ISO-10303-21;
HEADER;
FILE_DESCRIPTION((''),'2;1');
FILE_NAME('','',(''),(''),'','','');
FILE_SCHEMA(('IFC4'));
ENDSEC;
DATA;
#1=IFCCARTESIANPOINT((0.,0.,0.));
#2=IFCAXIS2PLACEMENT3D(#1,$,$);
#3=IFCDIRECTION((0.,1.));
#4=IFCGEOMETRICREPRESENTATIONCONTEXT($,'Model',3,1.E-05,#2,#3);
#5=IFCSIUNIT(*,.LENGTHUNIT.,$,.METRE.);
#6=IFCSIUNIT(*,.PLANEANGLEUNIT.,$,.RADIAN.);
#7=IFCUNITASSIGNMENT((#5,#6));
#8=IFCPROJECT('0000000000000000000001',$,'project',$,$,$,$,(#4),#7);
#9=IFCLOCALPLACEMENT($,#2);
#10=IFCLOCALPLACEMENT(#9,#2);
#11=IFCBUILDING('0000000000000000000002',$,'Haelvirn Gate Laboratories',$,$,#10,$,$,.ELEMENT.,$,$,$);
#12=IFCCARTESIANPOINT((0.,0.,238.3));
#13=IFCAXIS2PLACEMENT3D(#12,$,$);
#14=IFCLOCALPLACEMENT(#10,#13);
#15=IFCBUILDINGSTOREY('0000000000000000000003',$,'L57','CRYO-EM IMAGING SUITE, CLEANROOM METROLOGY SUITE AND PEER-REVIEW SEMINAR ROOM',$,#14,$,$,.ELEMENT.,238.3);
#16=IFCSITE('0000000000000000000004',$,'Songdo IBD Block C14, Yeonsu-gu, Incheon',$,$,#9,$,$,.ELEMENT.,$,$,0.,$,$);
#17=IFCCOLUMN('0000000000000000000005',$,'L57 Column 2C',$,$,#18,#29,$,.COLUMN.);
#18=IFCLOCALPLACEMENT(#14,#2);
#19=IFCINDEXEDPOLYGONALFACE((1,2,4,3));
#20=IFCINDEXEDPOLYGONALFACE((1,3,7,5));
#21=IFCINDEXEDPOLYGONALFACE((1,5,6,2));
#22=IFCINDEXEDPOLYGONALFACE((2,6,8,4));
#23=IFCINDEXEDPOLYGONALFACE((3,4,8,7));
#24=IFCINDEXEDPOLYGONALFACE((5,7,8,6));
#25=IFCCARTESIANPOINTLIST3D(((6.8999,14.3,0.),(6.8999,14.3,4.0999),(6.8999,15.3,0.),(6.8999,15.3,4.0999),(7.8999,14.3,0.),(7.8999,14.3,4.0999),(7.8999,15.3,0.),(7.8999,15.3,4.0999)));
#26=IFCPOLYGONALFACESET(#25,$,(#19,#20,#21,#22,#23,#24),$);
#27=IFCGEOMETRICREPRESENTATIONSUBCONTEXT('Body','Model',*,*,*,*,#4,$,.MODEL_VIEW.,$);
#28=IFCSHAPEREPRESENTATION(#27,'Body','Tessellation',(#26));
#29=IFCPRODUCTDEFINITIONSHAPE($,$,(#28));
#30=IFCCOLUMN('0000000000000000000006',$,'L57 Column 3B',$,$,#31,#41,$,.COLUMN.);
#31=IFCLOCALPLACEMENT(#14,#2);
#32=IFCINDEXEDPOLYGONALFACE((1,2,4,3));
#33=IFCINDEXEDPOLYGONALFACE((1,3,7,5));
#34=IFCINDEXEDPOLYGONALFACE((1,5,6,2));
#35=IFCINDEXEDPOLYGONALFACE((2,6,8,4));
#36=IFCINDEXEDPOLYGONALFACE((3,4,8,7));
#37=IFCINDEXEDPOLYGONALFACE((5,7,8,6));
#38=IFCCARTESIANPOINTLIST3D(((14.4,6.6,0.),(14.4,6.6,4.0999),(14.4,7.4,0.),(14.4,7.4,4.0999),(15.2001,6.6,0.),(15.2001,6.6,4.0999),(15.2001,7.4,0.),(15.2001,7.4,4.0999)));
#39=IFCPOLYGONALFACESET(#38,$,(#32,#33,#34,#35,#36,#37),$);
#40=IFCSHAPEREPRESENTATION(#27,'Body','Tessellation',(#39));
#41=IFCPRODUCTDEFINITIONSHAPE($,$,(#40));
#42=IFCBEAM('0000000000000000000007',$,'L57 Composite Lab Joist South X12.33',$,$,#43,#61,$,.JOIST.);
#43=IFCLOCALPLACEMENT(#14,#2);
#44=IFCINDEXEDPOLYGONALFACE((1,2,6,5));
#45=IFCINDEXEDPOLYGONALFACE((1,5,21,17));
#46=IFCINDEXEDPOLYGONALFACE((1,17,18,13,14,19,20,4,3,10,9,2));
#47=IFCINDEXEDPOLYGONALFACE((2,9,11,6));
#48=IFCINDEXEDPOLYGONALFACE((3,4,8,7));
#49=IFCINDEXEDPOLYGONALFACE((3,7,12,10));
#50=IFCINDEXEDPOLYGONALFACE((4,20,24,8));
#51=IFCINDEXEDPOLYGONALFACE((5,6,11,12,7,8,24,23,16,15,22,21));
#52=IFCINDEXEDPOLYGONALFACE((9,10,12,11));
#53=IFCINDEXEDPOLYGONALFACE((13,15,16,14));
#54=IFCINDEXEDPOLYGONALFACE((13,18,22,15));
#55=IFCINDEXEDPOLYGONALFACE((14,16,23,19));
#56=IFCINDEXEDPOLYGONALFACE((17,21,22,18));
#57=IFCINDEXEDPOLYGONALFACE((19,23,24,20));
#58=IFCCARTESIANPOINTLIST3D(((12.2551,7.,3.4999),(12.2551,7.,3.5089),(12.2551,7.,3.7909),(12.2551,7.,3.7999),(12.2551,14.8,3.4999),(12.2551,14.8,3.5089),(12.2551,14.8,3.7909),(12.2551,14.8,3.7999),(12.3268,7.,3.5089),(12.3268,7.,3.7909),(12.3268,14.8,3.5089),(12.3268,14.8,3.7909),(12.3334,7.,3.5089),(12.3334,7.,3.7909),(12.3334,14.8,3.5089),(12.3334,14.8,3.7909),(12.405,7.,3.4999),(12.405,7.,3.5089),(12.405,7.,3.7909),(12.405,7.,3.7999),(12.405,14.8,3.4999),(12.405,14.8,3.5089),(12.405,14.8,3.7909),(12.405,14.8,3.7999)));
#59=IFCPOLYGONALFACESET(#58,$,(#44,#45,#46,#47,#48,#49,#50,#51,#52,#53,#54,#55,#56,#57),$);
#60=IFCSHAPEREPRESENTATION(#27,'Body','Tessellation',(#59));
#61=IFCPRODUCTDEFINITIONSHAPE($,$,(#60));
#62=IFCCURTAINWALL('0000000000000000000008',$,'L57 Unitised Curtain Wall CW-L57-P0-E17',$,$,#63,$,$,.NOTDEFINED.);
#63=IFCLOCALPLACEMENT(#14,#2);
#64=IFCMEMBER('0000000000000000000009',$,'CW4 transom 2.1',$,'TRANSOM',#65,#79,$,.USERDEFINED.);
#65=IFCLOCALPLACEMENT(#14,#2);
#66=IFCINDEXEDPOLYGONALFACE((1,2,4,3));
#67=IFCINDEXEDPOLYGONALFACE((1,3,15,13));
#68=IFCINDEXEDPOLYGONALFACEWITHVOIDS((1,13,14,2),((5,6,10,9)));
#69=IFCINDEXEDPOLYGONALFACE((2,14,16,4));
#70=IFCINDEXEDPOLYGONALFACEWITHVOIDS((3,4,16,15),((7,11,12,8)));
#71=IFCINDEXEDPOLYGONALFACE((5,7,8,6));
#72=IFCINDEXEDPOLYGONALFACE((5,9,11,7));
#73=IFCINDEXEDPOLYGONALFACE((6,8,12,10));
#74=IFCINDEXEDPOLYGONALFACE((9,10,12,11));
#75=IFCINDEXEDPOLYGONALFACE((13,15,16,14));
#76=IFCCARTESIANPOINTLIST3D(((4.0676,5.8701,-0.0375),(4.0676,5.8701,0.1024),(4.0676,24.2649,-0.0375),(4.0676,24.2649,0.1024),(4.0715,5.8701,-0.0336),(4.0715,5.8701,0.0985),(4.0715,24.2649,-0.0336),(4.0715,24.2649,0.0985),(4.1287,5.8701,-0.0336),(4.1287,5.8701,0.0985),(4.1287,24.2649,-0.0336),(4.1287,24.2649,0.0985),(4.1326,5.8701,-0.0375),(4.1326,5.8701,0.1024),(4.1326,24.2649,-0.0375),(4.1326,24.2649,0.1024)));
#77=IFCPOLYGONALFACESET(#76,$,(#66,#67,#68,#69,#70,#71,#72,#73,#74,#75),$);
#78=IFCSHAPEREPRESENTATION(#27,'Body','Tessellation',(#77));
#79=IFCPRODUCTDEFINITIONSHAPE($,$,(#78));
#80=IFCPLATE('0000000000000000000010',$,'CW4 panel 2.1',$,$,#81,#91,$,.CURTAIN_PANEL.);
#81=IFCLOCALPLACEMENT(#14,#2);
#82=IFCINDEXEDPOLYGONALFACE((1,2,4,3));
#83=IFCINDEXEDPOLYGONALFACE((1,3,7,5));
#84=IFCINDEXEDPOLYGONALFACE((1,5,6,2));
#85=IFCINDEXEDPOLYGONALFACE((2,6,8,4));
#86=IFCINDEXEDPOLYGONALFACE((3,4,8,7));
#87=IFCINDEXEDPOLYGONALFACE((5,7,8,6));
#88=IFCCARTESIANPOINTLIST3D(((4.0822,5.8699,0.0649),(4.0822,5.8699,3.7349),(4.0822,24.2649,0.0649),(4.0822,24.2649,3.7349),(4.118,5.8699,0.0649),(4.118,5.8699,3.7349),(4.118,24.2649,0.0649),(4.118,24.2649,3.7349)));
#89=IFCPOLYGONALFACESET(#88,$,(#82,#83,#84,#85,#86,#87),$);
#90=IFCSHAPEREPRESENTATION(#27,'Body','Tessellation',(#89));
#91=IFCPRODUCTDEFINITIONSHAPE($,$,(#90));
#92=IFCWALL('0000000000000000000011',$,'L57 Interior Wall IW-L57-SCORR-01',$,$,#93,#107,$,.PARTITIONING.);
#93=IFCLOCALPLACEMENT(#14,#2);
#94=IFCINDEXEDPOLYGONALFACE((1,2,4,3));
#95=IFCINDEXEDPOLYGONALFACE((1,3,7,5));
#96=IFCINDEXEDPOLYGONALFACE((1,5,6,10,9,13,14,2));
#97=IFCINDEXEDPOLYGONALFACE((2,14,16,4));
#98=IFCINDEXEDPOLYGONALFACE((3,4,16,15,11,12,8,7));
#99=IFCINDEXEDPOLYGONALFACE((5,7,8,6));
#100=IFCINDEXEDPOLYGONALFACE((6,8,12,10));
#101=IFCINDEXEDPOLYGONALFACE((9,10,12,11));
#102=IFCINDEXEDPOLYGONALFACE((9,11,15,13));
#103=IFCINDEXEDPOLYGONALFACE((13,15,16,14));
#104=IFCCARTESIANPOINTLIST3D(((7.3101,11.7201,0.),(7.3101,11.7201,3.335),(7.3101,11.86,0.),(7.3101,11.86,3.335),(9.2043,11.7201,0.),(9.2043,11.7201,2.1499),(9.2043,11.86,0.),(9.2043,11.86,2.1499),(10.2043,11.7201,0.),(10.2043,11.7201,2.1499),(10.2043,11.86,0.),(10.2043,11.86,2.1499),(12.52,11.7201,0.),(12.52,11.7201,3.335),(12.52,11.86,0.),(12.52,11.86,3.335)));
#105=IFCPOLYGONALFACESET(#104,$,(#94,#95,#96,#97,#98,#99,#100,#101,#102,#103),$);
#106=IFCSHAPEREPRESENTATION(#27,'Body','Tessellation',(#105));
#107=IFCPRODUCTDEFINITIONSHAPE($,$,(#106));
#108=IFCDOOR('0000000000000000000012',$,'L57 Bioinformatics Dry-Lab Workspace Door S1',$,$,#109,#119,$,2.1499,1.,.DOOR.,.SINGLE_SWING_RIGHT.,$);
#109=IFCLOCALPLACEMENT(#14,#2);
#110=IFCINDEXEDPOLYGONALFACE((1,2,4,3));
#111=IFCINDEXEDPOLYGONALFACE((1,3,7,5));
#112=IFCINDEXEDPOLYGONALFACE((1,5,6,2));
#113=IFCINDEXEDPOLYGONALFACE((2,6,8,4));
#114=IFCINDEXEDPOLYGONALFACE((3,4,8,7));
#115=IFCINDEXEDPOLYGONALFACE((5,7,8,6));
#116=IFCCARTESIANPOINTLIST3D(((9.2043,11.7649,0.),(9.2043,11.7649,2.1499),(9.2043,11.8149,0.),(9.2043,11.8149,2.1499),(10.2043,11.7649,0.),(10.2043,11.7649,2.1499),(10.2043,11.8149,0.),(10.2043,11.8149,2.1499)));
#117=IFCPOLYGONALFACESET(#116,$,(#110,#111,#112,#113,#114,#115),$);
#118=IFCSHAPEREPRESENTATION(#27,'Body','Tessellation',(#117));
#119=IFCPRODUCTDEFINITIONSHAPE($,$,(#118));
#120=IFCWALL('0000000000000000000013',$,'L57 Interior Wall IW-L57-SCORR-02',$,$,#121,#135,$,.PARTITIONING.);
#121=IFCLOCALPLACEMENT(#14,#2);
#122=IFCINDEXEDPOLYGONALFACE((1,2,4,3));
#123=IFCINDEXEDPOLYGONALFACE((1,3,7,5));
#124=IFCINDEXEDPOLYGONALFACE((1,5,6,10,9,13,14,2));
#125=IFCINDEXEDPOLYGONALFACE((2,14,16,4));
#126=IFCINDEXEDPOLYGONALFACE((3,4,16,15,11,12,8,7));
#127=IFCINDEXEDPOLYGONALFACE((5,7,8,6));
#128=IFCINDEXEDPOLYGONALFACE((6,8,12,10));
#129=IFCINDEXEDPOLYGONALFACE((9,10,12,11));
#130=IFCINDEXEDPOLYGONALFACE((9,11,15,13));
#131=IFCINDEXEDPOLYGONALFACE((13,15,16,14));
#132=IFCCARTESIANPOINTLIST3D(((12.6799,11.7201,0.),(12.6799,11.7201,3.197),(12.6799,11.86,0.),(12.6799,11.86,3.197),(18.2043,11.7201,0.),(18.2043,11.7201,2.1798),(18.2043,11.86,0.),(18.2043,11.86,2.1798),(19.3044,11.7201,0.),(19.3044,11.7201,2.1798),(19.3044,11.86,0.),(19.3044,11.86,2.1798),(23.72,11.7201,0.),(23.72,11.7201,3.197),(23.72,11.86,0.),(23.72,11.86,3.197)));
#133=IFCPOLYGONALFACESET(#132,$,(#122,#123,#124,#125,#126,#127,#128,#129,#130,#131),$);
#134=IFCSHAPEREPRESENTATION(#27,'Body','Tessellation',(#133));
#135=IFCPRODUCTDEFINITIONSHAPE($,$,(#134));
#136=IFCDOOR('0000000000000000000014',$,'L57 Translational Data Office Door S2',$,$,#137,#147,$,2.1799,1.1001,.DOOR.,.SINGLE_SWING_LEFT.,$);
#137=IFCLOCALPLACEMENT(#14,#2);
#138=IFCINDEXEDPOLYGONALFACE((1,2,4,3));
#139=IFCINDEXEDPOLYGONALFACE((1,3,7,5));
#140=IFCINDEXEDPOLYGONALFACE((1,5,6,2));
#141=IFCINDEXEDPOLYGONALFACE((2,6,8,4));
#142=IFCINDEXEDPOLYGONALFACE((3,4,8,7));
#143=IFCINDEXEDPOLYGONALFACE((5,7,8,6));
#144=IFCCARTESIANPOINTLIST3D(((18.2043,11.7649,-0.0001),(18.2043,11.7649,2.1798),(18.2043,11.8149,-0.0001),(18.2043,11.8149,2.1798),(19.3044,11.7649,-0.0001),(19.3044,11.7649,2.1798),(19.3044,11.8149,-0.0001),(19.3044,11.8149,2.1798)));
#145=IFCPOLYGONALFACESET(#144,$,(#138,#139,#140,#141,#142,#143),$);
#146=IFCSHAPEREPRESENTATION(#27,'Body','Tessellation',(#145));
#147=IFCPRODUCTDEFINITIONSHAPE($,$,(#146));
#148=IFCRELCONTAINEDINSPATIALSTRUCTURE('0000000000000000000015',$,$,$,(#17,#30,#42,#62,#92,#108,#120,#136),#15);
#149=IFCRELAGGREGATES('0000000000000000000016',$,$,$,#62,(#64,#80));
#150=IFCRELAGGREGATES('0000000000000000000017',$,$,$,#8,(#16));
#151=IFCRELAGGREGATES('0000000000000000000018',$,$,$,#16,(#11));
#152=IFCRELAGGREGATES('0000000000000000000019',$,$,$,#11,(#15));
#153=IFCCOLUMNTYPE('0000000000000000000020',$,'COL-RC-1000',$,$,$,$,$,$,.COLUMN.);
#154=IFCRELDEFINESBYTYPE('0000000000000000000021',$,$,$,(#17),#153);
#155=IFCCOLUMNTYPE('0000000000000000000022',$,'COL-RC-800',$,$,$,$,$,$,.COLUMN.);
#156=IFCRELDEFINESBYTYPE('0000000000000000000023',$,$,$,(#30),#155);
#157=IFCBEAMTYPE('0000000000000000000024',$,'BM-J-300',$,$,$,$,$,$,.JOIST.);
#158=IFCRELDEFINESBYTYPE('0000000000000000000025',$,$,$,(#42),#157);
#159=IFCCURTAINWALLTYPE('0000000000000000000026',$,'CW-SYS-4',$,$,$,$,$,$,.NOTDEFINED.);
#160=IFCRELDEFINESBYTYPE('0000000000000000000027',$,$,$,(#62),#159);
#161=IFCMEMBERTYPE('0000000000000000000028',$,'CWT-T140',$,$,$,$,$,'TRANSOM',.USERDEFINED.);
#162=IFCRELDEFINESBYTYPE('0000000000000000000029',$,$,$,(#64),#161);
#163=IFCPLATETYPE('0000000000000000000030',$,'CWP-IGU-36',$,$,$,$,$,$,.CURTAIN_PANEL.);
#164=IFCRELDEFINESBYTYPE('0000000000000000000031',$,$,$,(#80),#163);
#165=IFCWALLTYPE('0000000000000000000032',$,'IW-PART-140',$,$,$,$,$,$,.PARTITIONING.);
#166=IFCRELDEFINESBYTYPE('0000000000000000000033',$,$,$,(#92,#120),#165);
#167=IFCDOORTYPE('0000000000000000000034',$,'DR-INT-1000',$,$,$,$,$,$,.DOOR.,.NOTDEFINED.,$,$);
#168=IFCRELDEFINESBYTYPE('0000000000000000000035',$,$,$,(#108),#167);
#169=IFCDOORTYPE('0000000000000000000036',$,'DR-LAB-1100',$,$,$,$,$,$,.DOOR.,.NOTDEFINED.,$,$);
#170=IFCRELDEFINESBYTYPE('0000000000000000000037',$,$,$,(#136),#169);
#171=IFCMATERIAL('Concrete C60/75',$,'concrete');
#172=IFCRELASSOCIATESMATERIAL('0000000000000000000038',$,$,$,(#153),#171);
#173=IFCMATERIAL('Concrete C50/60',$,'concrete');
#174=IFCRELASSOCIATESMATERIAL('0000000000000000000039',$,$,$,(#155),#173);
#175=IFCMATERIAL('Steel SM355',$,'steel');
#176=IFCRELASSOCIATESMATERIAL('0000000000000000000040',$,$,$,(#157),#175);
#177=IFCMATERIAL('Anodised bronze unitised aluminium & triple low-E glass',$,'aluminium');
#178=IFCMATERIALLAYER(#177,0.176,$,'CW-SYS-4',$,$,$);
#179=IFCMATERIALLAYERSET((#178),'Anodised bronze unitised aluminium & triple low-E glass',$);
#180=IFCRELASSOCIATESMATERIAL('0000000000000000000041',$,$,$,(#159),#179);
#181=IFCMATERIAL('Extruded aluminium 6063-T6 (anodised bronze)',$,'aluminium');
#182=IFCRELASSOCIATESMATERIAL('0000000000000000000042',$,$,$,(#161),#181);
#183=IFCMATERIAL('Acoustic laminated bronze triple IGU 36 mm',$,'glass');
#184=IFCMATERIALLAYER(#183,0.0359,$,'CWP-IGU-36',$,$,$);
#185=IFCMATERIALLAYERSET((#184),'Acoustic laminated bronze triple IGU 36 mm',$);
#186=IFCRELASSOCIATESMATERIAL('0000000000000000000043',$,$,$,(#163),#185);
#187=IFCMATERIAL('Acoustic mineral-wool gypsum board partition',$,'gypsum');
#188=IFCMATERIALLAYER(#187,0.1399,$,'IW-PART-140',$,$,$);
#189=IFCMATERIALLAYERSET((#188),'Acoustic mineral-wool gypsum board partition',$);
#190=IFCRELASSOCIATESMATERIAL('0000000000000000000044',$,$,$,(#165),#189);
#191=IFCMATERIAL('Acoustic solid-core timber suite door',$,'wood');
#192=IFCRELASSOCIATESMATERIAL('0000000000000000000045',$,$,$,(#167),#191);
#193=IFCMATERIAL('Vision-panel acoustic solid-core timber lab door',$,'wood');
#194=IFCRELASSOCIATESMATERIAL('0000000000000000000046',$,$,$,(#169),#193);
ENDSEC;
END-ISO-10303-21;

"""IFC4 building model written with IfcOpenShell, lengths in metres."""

from ifc_helpers import new_model, si_unit, direction, frame, frame_2d, origin, origin_2d, place, context, subcontext, project, spatial, rectangle, hollow_rectangle, i_section, extrude, source, transform, mapped, material, layer, layer_set, material_profile, profile_set, type_object, type_shapes, element, fill, aggregate, save


model = new_model("IFC4")

# Units and contexts
model_context = context("Model", 3, precision=1e-05, world=origin(), true_north=direction((0.0, 1.0)))
body_context = subcontext(model_context, "Body", "Model", "MODEL_VIEW")
ifc_project = project(units=[si_unit("LENGTHUNIT", "METRE"), si_unit("PLANEANGLEUNIT", "RADIAN")], contexts=[model_context])

# Site, building, storey
site_placement = place(None, origin())
site = spatial("IfcSite", under=ifc_project, at=site_placement, Name="Songdo IBD Block C14, Yeonsu-gu, Incheon", CompositionType="ELEMENT", RefElevation=0.0)
building_placement = place(site_placement, origin())
building = spatial("IfcBuilding", under=site, at=building_placement, Name="Haelvirn Gate Laboratories", CompositionType="ELEMENT")
storey_placement = place(building_placement, frame((0.0, 0.0, 238.3)))
storey = spatial("IfcBuildingStorey", under=building, at=storey_placement, Name="L57", Description="CRYO-EM IMAGING SUITE, CLEANROOM METROLOGY SUITE AND PEER-REVIEW SEMINAR ROOM", CompositionType="ELEMENT", Elevation=238.3)

# Columns
ifc_material_1 = material(Name="Concrete C60/75", Category="concrete")
ifc_material_profile_1 = material_profile(ifc_material_1, rectangle(XDim=1.0, YDim=1.0, at=origin_2d()), Name="RC-1000x1000")
ifc_profile_set_1 = profile_set([ifc_material_profile_1], Name="Concrete C60/75")
column_type_1 = type_object("IfcColumnType", Name="COL-RC-1000", PredefinedType="COLUMN", material=ifc_profile_set_1)
shared_shape_1 = source(origin(), body_context, "Body", "SweptSolid", [
    extrude(rectangle(XDim=1.0, YDim=1.0, at=origin_2d()), origin(), (0.0, 0.0, 1.0), 4.0999),
])
type_shapes(column_type_1, [shared_shape_1])
column_1_placement = place(storey_placement, frame((7.3999, 14.8, 0.0), z_axis=(0.0, 0.0, 1.0), x_axis=(1.0, 0.0, 0.0)))
element("IfcColumn", 1, at=column_1_placement, inside=storey, type_object=column_type_1, Name="L57 Column 2C", PredefinedType="COLUMN", context=body_context, shape_type="MappedRepresentation", body=[
    mapped(shared_shape_1, transform((0.0, 0.0, 0.0), scale=1.0)),
])
ifc_material_2 = material(Name="Concrete C50/60", Category="concrete")
ifc_material_profile_2 = material_profile(ifc_material_2, rectangle(XDim=0.8, YDim=0.8, at=origin_2d()), Name="RC-800x800")
ifc_profile_set_2 = profile_set([ifc_material_profile_2], Name="Concrete C50/60")
column_type_2 = type_object("IfcColumnType", Name="COL-RC-800", PredefinedType="COLUMN", material=ifc_profile_set_2)
shared_shape_2 = source(origin(), body_context, "Body", "SweptSolid", [
    extrude(rectangle(XDim=0.8, YDim=0.8, at=origin_2d()), origin(), (0.0, 0.0, 1.0), 4.0999),
])
type_shapes(column_type_2, [shared_shape_2])
column_2_placement = place(storey_placement, frame((14.8, 7.0, 0.0), z_axis=(0.0, 0.0, 1.0), x_axis=(1.0, 0.0, 0.0)))
element("IfcColumn", 2, at=column_2_placement, inside=storey, type_object=column_type_2, Name="L57 Column 3B", PredefinedType="COLUMN", context=body_context, shape_type="MappedRepresentation", body=[
    mapped(shared_shape_2, transform((0.0, 0.0, 0.0), scale=1.0)),
])

# Beam
ifc_material_3 = material(Name="Steel SM355", Category="steel")
ifc_material_profile_3 = material_profile(ifc_material_3, i_section(OverallWidth=0.1499, OverallDepth=0.3, WebThickness=0.0066, FlangeThickness=0.009, at=origin_2d()), Name="H-300x150x6.5x9")
ifc_profile_set_3 = profile_set([ifc_material_profile_3], Name="Steel SM355")
beam_type = type_object("IfcBeamType", Name="BM-J-300", PredefinedType="JOIST", material=ifc_profile_set_3)
shared_shape_3 = source(origin(), body_context, "Body", "SweptSolid", [
    extrude(i_section(OverallWidth=0.1499, OverallDepth=0.3, WebThickness=0.0066, FlangeThickness=0.009, at=origin_2d()), origin(), (0.0, 0.0, 1.0), 7.8),
])
type_shapes(beam_type, [shared_shape_3])
beam_placement = place(storey_placement, frame((12.3301, 7.0, 3.6499), z_axis=(0.0, 1.0, 0.0), x_axis=(-1.0, 0.0, 0.0)))
element("IfcBeam", 3, at=beam_placement, inside=storey, type_object=beam_type, Name="L57 Composite Lab Joist South X12.33", PredefinedType="JOIST", context=body_context, shape_type="MappedRepresentation", body=[
    mapped(shared_shape_3, transform((0.0, 0.0, 0.0), scale=1.0)),
])

# Curtain wall, member, plate
ifc_material_4 = material(Name="Anodised bronze unitised aluminium & triple low-E glass", Category="aluminium")
ifc_layer_1 = layer(ifc_material_4, 0.176, Name="CW-SYS-4")
ifc_layer_set_1 = layer_set([ifc_layer_1], Name="Anodised bronze unitised aluminium & triple low-E glass")
curtain_wall_type = type_object("IfcCurtainWallType", Name="CW-SYS-4", PredefinedType="NOTDEFINED", material=ifc_layer_set_1)
curtain_wall_placement = place(storey_placement, origin())
curtain_wall = element("IfcCurtainWall", 4, at=curtain_wall_placement, inside=storey, type_object=curtain_wall_type, Name="L57 Unitised Curtain Wall CW-L57-P0-E17", PredefinedType="NOTDEFINED")
ifc_material_5 = material(Name="Extruded aluminium 6063-T6 (anodised bronze)", Category="aluminium")
ifc_material_profile_4 = material_profile(ifc_material_5, hollow_rectangle(XDim=0.0649, YDim=0.1399, WallThickness=0.0039, at=origin_2d()), Name="CWT-140x65x4")
ifc_profile_set_4 = profile_set([ifc_material_profile_4], Name="Extruded aluminium 6063-T6 (anodised bronze)")
member_type = type_object("IfcMemberType", Name="CWT-T140", ElementType="TRANSOM", PredefinedType="USERDEFINED", material=ifc_profile_set_4)
shared_shape_4 = source(origin(), body_context, "Body", "SweptSolid", [
    extrude(hollow_rectangle(XDim=0.0649, YDim=0.1399, WallThickness=0.0039, at=origin_2d()), origin(), (0.0, 0.0, 1.0), 18.3948),
])
type_shapes(member_type, [shared_shape_4])
member_placement = place(storey_placement, frame((4.1001, 24.2649, 0.0325), z_axis=(0.0, -1.0, 0.0), x_axis=(1.0, 0.0, 0.0)))
member = element("IfcMember", 5, at=member_placement, type_object=member_type, Name="CW4 transom 2.1", ObjectType="TRANSOM", PredefinedType="USERDEFINED", context=body_context, shape_type="MappedRepresentation", body=[
    mapped(shared_shape_4, transform((0.0, 0.0, 0.0), scale=1.0)),
])
ifc_material_6 = material(Name="Acoustic laminated bronze triple IGU 36 mm", Category="glass")
ifc_layer_2 = layer(ifc_material_6, 0.0359, Name="CWP-IGU-36")
ifc_layer_set_2 = layer_set([ifc_layer_2], Name="Acoustic laminated bronze triple IGU 36 mm")
plate_type = type_object("IfcPlateType", Name="CWP-IGU-36", PredefinedType="CURTAIN_PANEL", material=ifc_layer_set_2)
shared_shape_5 = source(origin(), body_context, "Body", "SweptSolid", [
    extrude(rectangle(XDim=18.395, YDim=0.0359, at=origin_2d()), origin(), (0.0, 0.0, 1.0), 3.6699),
])
type_shapes(plate_type, [shared_shape_5])
plate_placement = place(storey_placement, frame((4.1001, 15.0674, 0.0649), z_axis=(0.0, 0.0, 1.0), x_axis=(0.0, -1.0, 0.0)))
plate = element("IfcPlate", 6, at=plate_placement, type_object=plate_type, Name="CW4 panel 2.1", PredefinedType="CURTAIN_PANEL", context=body_context, shape_type="MappedRepresentation", body=[
    mapped(shared_shape_5, transform((0.0, 0.0, 0.0), scale=1.0)),
])
aggregate(curtain_wall, [member, plate])

# Walls, openings, doors
ifc_material_7 = material(Name="Acoustic mineral-wool gypsum board partition", Category="gypsum")
ifc_layer_3 = layer(ifc_material_7, 0.1399, Name="IW-PART-140")
ifc_layer_set_3 = layer_set([ifc_layer_3], Name="Acoustic mineral-wool gypsum board partition")
wall_type_1 = type_object("IfcWallType", Name="IW-PART-140", PredefinedType="PARTITIONING", material=ifc_layer_set_3)
wall_1_placement = place(storey_placement, frame((7.3101, 11.79, 0.0), z_axis=(0.0, 0.0, 1.0), x_axis=(1.0, 0.0, 0.0)))
wall_1 = element("IfcWall", 7, at=wall_1_placement, inside=storey, type_object=wall_type_1, Name="L57 Interior Wall IW-L57-SCORR-01", PredefinedType="PARTITIONING", context=body_context, shape_type="SweptSolid", body=[
    extrude(rectangle(XDim=5.21, YDim=0.1399, at=frame_2d((2.605, 0.0))), origin(), (0.0, 0.0, 1.0), 3.335),
])
opening_1_placement = place(wall_1_placement, frame((1.8943, 0.0, 0.0)))
opening_1 = element("IfcOpeningElement", 8, at=opening_1_placement, cuts=wall_1, PredefinedType="OPENING", context=body_context, shape_type="SweptSolid", body=[
    extrude(rectangle(XDim=1.0, YDim=2.1499, at=frame_2d((0.5, 1.075))), frame((0.0, 0.0801, 0.0), z_axis=(0.0, -1.0, 0.0), x_axis=(1.0, 0.0, 0.0)), (0.0, 0.0, 1.0), 0.1599),
])
ifc_material_8 = material(Name="Acoustic solid-core timber suite door", Category="wood")
door_type_1 = type_object("IfcDoorType", Name="DR-INT-1000", OperationType="NOTDEFINED", PredefinedType="DOOR", material=ifc_material_8)
shared_shape_6 = source(origin(), body_context, "Body", "SweptSolid", [
    extrude(rectangle(XDim=1.0, YDim=2.1499, at=frame_2d((0.5, 1.075))), frame((0.0, 0.0249, 0.0), z_axis=(0.0, -1.0, 0.0), x_axis=(1.0, 0.0, 0.0)), (0.0, 0.0, 1.0), 0.05),
])
type_shapes(door_type_1, [shared_shape_6])
door_1_placement = place(opening_1_placement, origin())
door_1 = element("IfcDoor", 9, at=door_1_placement, inside=storey, type_object=door_type_1, Name="L57 Bioinformatics Dry-Lab Workspace Door S1", OperationType="SINGLE_SWING_RIGHT", OverallHeight=2.1499, OverallWidth=1.0, PredefinedType="DOOR", context=body_context, shape_type="MappedRepresentation", body=[
    mapped(shared_shape_6, transform((0.0, 0.0, 0.0), scale=1.0)),
])
fill(opening_1, door_1)
wall_2_placement = place(storey_placement, frame((12.6799, 11.79, 0.0), z_axis=(0.0, 0.0, 1.0), x_axis=(1.0, 0.0, 0.0)))
wall_2 = element("IfcWall", 10, at=wall_2_placement, inside=storey, type_object=wall_type_1, Name="L57 Interior Wall IW-L57-SCORR-02", PredefinedType="PARTITIONING", context=body_context, shape_type="SweptSolid", body=[
    extrude(rectangle(XDim=11.04, YDim=0.1399, at=frame_2d((5.52, 0.0))), origin(), (0.0, 0.0, 1.0), 3.197),
])
opening_2_placement = place(wall_2_placement, frame((5.5244, 0.0, 0.0)))
opening_2 = element("IfcOpeningElement", 11, at=opening_2_placement, cuts=wall_2, PredefinedType="OPENING", context=body_context, shape_type="SweptSolid", body=[
    extrude(rectangle(XDim=1.1001, YDim=2.1799, at=frame_2d((0.55, 1.0898))), frame((0.0, 0.0801, 0.0), z_axis=(0.0, -1.0, 0.0), x_axis=(1.0, 0.0, 0.0)), (0.0, 0.0, 1.0), 0.1599),
])
ifc_material_9 = material(Name="Vision-panel acoustic solid-core timber lab door", Category="wood")
door_type_2 = type_object("IfcDoorType", Name="DR-LAB-1100", OperationType="NOTDEFINED", PredefinedType="DOOR", material=ifc_material_9)
shared_shape_7 = source(origin(), body_context, "Body", "SweptSolid", [
    extrude(rectangle(XDim=1.1001, YDim=2.1799, at=frame_2d((0.55, 1.0898))), frame((0.0, 0.0249, 0.0), z_axis=(0.0, -1.0, 0.0), x_axis=(1.0, 0.0, 0.0)), (0.0, 0.0, 1.0), 0.05),
])
type_shapes(door_type_2, [shared_shape_7])
door_2_placement = place(opening_2_placement, origin())
door_2 = element("IfcDoor", 12, at=door_2_placement, inside=storey, type_object=door_type_2, Name="L57 Translational Data Office Door S2", OperationType="SINGLE_SWING_LEFT", OverallHeight=2.1799, OverallWidth=1.1001, PredefinedType="DOOR", context=body_context, shape_type="MappedRepresentation", body=[
    mapped(shared_shape_7, transform((0.0, 0.0, 0.0), scale=1.0)),
])
fill(opening_2, door_2)

save(model, "model.ifc")
